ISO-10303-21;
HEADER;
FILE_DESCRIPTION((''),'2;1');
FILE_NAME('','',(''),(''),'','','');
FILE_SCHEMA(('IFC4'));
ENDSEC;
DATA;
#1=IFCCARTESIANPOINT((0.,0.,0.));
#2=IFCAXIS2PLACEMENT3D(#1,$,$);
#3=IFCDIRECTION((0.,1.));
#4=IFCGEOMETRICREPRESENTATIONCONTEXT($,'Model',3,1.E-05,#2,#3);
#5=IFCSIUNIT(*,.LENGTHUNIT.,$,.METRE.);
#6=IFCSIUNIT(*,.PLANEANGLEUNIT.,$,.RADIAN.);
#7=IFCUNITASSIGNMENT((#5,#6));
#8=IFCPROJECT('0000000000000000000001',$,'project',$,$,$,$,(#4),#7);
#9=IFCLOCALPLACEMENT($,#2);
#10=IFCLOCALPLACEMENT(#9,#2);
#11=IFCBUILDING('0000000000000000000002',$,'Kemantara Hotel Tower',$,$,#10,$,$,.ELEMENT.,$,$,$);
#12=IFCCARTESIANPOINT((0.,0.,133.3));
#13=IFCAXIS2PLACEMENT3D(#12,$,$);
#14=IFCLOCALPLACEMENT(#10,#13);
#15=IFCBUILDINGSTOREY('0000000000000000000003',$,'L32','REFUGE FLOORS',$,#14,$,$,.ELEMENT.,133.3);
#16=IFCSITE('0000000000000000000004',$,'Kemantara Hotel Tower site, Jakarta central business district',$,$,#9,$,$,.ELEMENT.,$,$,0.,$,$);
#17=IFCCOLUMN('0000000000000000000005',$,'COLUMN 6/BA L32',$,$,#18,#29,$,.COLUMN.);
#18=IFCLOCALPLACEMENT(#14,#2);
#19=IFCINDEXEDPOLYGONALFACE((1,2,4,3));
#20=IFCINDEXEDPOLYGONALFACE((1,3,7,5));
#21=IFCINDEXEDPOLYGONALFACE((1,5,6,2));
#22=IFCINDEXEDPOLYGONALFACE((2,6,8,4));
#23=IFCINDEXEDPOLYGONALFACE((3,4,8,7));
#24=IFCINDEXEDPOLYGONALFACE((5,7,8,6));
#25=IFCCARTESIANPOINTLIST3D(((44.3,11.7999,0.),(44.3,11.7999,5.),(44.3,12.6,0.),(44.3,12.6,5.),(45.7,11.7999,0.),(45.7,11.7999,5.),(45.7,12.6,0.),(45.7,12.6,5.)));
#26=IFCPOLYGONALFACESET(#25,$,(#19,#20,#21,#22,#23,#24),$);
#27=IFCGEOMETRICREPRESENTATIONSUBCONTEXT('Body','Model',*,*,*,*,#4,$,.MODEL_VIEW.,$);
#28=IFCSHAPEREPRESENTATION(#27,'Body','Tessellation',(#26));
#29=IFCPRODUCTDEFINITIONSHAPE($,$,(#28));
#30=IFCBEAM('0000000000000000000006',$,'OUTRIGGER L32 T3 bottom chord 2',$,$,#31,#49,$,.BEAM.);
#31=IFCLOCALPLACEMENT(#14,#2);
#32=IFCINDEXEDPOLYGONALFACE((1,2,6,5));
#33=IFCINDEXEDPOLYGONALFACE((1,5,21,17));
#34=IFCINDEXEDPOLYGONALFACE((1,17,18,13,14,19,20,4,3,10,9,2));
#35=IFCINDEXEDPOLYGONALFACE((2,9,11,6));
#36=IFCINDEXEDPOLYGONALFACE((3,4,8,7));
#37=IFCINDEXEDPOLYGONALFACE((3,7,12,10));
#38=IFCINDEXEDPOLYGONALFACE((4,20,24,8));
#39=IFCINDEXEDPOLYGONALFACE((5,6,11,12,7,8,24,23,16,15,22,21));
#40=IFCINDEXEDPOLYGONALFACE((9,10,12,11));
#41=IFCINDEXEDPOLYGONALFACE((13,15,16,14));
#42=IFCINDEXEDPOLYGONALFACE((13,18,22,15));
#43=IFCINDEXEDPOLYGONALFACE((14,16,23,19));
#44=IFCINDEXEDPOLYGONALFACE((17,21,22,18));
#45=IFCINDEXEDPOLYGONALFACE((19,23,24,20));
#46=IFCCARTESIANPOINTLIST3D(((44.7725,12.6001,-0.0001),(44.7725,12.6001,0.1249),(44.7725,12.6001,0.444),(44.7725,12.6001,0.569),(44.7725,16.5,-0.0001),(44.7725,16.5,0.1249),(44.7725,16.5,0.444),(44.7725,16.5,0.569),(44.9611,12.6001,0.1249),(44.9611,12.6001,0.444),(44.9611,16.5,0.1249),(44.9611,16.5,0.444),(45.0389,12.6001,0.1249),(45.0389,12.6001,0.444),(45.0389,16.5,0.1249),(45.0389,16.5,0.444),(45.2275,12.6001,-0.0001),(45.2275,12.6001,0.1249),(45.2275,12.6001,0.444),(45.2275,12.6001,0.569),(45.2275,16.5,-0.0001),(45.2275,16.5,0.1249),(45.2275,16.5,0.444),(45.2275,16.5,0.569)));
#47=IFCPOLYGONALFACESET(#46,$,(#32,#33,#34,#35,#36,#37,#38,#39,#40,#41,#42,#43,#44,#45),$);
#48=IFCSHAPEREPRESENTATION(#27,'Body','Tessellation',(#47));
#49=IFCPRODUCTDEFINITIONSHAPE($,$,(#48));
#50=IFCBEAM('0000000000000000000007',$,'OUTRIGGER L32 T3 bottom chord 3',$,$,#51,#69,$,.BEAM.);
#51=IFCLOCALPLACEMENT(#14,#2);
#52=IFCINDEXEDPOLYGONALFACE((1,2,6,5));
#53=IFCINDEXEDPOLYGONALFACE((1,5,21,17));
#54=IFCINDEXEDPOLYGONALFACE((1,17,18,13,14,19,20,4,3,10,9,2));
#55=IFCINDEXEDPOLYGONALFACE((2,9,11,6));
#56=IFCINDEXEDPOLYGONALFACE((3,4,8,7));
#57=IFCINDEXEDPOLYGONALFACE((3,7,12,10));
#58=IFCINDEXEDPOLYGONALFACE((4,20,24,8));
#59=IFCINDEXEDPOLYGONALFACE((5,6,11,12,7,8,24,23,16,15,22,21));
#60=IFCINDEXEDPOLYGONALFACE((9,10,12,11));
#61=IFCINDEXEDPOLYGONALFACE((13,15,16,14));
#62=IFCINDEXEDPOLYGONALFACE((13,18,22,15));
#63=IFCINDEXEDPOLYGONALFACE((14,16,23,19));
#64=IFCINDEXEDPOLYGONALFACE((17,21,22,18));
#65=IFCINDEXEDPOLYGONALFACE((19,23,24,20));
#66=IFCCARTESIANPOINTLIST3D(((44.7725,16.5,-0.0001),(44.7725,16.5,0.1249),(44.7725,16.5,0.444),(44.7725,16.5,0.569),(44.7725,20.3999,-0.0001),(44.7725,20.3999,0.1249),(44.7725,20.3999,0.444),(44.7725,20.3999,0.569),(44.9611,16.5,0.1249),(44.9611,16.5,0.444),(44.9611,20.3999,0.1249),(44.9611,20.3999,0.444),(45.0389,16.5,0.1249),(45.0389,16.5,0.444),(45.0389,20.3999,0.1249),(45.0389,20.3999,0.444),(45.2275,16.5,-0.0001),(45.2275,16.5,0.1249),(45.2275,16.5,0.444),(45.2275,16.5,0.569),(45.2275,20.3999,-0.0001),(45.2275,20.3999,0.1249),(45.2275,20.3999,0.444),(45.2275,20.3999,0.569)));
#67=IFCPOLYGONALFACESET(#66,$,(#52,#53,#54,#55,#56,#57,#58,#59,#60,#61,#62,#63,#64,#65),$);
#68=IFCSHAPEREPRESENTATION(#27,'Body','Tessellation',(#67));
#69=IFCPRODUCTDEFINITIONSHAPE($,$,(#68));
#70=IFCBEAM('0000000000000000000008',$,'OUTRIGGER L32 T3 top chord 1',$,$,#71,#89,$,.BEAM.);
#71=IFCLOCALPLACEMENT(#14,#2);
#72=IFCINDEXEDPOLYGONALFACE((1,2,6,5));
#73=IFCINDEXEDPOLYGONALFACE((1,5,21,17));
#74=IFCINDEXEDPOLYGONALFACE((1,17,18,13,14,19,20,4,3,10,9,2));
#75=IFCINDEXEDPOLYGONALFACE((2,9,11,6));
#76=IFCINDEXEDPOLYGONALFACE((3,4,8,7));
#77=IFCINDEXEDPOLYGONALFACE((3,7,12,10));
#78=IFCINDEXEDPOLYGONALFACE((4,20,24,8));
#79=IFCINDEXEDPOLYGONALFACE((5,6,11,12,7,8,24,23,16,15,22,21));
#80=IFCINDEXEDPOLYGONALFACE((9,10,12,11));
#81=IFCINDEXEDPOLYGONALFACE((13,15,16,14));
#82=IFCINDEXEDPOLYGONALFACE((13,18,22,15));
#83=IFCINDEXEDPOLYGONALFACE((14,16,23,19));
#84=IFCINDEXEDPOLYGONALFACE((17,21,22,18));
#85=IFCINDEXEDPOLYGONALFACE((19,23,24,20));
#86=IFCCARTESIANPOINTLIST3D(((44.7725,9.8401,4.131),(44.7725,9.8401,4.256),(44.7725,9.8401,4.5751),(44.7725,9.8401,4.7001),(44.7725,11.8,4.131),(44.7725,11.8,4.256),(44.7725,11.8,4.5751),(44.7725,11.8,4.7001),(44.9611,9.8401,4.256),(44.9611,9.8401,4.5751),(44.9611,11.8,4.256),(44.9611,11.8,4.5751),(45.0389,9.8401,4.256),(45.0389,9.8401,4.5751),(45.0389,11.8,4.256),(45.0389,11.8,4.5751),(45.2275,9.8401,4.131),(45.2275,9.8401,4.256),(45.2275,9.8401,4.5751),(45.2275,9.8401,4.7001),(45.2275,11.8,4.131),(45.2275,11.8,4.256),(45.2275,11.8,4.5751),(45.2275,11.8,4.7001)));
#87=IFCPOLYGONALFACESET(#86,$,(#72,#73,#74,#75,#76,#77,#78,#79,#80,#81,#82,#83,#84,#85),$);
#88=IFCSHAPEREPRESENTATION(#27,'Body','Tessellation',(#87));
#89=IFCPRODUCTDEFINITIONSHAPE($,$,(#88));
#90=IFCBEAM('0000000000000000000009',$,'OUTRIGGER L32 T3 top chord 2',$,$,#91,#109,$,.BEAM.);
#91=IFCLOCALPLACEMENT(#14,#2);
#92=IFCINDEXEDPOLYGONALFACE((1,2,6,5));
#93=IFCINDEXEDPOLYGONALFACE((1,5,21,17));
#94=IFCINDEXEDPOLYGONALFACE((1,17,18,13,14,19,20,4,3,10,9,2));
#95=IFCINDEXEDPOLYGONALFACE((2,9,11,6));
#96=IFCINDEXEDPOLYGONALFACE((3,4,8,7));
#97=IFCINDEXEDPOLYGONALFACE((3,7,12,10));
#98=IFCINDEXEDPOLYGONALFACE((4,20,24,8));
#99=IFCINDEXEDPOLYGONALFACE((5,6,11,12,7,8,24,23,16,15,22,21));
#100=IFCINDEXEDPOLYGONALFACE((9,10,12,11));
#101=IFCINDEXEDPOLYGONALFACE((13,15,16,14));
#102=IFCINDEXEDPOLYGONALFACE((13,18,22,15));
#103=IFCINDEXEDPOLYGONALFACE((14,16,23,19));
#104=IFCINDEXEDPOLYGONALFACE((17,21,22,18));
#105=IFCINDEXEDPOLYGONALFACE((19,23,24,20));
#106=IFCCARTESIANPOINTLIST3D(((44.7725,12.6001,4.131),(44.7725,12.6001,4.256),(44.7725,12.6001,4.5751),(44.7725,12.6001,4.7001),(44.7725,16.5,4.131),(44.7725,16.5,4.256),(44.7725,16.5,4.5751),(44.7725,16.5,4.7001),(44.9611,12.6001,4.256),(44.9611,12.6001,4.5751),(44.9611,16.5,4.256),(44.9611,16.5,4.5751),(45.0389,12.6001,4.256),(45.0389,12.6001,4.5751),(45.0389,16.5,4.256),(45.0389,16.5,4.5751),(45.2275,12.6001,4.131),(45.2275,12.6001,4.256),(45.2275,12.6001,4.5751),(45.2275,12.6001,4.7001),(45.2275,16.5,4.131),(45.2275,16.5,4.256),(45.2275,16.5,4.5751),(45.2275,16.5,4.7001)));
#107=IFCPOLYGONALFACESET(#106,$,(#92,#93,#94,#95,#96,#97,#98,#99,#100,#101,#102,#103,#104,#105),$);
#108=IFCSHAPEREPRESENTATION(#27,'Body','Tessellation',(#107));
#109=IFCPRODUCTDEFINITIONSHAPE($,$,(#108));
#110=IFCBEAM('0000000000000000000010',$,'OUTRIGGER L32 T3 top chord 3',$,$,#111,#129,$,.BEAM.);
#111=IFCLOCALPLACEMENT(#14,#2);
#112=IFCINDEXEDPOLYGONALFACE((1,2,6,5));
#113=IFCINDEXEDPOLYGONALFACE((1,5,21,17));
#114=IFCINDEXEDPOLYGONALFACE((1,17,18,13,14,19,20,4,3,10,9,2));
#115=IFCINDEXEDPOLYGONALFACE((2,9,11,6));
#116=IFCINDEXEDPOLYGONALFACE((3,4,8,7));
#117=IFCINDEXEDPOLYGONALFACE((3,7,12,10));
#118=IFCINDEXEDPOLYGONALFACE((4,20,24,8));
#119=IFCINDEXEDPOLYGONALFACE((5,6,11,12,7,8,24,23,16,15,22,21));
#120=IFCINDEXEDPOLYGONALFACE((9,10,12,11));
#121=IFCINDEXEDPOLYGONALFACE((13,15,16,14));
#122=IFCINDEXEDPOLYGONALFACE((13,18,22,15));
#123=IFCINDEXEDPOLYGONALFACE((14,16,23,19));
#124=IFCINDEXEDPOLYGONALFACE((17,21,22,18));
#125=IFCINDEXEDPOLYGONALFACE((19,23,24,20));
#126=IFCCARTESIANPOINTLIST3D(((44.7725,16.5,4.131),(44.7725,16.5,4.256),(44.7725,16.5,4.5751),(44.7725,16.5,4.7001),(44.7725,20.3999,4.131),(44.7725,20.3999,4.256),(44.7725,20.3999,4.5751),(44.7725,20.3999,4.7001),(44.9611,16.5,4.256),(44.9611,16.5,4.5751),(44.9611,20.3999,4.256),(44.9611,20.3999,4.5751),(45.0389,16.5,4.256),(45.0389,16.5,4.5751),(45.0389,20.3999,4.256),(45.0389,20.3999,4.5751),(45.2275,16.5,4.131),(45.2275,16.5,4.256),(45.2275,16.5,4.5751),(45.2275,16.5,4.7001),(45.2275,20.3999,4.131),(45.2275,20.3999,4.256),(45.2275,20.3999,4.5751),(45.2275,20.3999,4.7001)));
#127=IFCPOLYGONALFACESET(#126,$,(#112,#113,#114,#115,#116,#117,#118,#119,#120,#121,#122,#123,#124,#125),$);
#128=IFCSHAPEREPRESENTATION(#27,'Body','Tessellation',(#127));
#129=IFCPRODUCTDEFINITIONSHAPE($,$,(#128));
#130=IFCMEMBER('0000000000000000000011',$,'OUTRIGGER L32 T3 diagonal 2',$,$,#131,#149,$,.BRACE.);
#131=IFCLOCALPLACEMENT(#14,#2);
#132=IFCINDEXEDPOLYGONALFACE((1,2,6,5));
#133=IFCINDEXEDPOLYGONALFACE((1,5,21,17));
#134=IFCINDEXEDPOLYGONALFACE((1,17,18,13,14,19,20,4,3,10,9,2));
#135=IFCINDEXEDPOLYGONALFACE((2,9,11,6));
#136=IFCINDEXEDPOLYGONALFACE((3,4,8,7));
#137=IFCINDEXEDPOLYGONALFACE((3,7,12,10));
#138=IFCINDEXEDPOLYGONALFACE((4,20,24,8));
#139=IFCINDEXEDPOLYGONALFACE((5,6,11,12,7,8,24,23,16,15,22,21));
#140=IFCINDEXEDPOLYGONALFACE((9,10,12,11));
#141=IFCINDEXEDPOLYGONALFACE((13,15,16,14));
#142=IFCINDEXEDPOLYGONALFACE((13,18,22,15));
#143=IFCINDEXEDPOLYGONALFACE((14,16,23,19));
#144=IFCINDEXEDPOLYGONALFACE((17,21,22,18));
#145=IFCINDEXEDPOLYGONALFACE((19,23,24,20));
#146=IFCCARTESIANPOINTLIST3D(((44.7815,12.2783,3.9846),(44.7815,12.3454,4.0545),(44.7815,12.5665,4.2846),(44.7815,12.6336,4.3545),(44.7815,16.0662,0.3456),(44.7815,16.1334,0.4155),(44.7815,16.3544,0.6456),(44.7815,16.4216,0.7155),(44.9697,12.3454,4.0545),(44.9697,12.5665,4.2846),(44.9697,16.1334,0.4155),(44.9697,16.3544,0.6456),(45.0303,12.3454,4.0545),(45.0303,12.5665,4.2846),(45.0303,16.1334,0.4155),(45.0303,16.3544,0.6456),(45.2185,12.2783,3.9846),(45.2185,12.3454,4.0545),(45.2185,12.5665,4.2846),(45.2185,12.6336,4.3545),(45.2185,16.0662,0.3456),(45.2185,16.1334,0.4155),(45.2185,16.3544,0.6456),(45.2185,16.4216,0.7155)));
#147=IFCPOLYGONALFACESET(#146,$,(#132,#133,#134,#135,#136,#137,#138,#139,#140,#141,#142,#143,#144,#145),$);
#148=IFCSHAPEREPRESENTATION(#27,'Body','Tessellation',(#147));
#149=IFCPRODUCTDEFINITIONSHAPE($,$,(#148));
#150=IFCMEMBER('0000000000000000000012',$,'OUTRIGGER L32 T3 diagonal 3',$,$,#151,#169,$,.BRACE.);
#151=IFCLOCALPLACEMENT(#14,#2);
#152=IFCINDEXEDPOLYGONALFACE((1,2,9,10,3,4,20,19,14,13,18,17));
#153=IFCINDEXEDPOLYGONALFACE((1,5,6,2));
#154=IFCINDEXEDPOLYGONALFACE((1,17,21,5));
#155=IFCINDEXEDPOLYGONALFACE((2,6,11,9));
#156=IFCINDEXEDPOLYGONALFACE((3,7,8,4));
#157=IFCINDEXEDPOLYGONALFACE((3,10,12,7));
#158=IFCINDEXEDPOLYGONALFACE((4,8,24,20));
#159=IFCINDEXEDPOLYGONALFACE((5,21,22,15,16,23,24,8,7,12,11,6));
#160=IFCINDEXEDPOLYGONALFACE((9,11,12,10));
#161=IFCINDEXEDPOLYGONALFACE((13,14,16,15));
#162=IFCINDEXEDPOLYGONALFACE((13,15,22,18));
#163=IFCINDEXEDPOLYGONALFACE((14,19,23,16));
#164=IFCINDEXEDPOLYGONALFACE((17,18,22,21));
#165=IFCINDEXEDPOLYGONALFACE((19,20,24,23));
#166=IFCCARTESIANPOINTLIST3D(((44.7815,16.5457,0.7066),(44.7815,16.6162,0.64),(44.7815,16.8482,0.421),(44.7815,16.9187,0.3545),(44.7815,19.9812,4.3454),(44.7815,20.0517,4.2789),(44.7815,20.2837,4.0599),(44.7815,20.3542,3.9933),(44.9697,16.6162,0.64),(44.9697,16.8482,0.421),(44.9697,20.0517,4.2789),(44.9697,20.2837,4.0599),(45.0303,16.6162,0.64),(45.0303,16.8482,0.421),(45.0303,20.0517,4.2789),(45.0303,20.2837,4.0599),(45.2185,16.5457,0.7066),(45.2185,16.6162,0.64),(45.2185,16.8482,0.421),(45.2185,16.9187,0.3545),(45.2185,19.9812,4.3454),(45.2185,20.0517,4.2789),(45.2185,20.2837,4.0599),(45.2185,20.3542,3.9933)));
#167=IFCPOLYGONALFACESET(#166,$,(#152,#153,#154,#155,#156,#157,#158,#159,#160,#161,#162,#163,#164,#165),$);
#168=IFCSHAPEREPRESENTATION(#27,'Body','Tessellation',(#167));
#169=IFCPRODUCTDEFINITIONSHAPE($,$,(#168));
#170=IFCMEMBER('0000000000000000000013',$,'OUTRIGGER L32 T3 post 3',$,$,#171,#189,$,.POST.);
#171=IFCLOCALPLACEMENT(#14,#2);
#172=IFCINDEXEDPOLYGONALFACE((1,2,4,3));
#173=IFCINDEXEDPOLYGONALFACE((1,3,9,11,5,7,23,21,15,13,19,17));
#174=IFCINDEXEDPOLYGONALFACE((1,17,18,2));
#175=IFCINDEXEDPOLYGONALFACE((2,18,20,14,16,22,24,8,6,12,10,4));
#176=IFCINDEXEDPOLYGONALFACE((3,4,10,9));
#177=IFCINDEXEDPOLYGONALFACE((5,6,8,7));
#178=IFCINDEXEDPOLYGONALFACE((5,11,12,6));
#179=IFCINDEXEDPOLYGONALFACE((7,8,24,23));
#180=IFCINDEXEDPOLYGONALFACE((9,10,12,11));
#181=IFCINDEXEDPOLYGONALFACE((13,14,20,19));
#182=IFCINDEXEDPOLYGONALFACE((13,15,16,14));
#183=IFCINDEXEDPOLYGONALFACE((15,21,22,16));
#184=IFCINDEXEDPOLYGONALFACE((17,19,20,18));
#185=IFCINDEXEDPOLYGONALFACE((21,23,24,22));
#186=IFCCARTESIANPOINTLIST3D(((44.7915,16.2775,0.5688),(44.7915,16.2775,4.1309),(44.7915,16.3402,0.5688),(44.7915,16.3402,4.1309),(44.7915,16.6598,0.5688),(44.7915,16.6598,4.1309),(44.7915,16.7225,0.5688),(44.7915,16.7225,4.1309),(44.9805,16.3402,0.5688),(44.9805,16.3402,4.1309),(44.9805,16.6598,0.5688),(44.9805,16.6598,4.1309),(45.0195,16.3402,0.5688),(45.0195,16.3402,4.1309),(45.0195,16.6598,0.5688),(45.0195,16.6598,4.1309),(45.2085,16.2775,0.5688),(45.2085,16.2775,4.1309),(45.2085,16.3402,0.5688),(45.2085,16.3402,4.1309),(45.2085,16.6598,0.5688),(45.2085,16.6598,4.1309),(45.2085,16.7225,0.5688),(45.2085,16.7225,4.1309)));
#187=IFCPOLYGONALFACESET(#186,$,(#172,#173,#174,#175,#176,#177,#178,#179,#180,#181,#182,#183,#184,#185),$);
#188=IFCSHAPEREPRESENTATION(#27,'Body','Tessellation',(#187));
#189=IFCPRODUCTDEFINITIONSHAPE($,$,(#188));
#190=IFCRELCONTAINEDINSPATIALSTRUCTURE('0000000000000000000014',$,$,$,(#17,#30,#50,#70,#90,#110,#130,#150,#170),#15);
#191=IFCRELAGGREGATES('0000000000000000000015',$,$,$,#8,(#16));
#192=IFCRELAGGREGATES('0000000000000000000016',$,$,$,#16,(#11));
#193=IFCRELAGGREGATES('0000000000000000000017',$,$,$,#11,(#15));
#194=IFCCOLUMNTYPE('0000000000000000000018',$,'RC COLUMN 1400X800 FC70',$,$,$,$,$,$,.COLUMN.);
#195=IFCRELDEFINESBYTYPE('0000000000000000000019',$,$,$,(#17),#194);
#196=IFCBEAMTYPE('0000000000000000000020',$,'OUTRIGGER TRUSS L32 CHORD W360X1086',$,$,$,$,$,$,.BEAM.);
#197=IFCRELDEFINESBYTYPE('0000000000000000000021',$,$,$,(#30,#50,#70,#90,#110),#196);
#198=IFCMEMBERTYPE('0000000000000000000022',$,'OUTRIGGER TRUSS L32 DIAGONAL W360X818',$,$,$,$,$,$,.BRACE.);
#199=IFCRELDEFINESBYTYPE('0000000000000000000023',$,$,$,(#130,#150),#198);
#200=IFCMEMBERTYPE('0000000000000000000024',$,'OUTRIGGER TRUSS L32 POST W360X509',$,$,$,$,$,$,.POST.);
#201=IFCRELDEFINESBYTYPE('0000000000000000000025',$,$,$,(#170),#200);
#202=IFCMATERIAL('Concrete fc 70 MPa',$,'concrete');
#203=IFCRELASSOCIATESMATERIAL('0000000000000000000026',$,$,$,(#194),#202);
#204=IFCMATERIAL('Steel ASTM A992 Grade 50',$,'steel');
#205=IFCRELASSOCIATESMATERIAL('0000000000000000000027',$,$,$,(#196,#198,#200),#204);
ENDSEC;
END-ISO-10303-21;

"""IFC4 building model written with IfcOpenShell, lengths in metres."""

from ifc_helpers import new_model, si_unit, direction, frame, origin, origin_2d, place, context, subcontext, project, spatial, rectangle, i_section, extrude, material, material_profile, profile_set, type_object, element, save


model = new_model("IFC4")

# Units and contexts
model_context = context("Model", 3, precision=1e-05, world=origin(), true_north=direction((0.0, 1.0)))
body_context = subcontext(model_context, "Body", "Model", "MODEL_VIEW")
ifc_project = project(units=[si_unit("LENGTHUNIT", "METRE"), si_unit("PLANEANGLEUNIT", "RADIAN")], contexts=[model_context])

# Site, building, storey
site_placement = place(None, origin())
site = spatial("IfcSite", under=ifc_project, at=site_placement, Name="Kemantara Hotel Tower site, Jakarta central business district", CompositionType="ELEMENT", RefElevation=0.0)
building_placement = place(site_placement, origin())
building = spatial("IfcBuilding", under=site, at=building_placement, Name="Kemantara Hotel Tower", CompositionType="ELEMENT")
storey_placement = place(building_placement, frame((0.0, 0.0, 133.3)))
storey = spatial("IfcBuildingStorey", under=building, at=storey_placement, Name="L32", Description="REFUGE FLOORS", CompositionType="ELEMENT", Elevation=133.3)

# Column
ifc_material_1 = material(Name="Concrete fc 70 MPa", Category="concrete")
ifc_material_profile_1 = material_profile(ifc_material_1, rectangle(XDim=1.3999, YDim=0.8, at=origin_2d()), Name="RC 1400X800")
ifc_profile_set_1 = profile_set([ifc_material_profile_1], Name="Concrete fc 70 MPa")
column_type = type_object("IfcColumnType", Name="RC COLUMN 1400X800 FC70", PredefinedType="COLUMN", material=ifc_profile_set_1)
column_placement = place(storey_placement, frame((45.0, 12.2, 0.0), z_axis=(0.0, 0.0, 1.0), x_axis=(1.0, 0.0, 0.0)))
element("IfcColumn", 1, at=column_placement, inside=storey, type_object=column_type, Name="COLUMN 6/BA L32", PredefinedType="COLUMN", context=body_context, shape_type="SweptSolid", body=[
    extrude(rectangle(XDim=1.3999, YDim=0.8, at=origin_2d()), origin(), (0.0, 0.0, 1.0), 5.0),
])

# Beams
ifc_material_2 = material(Name="Steel ASTM A992 Grade 50", Category="steel")
ifc_material_profile_2 = material_profile(ifc_material_2, i_section(OverallWidth=0.4551, OverallDepth=0.5691, WebThickness=0.0779, FlangeThickness=0.125, at=origin_2d()), Name="W360X1086")
ifc_profile_set_2 = profile_set([ifc_material_profile_2], Name="Steel ASTM A992 Grade 50")
beam_type = type_object("IfcBeamType", Name="OUTRIGGER TRUSS L32 CHORD W360X1086", PredefinedType="BEAM", material=ifc_profile_set_2)
for number, where, z_axis, x_axis, name in (
    (2, (45.0, 12.6001, 0.2844), (0.0, 1.0, 0.0), (-1.0, 0.0, 0.0), "OUTRIGGER L32 T3 bottom chord 2"),
    (3, (45.0, 16.5, 0.2844), (0.0, 1.0, 0.0), (-1.0, 0.0, 0.0), "OUTRIGGER L32 T3 bottom chord 3"),
):
    element("IfcBeam", number, at=place(storey_placement, frame(where, z_axis=z_axis, x_axis=x_axis)), inside=storey, type_object=beam_type, Name=name, PredefinedType="BEAM", context=body_context, shape_type="SweptSolid", body=[
        extrude(i_section(OverallWidth=0.4551, OverallDepth=0.5691, WebThickness=0.0779, FlangeThickness=0.125, at=origin_2d()), origin(), (0.0, 0.0, 1.0), 3.8999),
    ])
beam_placement = place(storey_placement, frame((45.0, 9.8401, 4.4155), z_axis=(0.0, 1.0, 0.0), x_axis=(-1.0, 0.0, 0.0)))
element("IfcBeam", 4, at=beam_placement, inside=storey, type_object=beam_type, Name="OUTRIGGER L32 T3 top chord 1", PredefinedType="BEAM", context=body_context, shape_type="SweptSolid", body=[
    extrude(i_section(OverallWidth=0.4551, OverallDepth=0.5691, WebThickness=0.0779, FlangeThickness=0.125, at=origin_2d()), origin(), (0.0, 0.0, 1.0), 1.96),
])
for number, where, z_axis, x_axis, name in (
    (5, (45.0, 12.6001, 4.4155), (0.0, 1.0, 0.0), (-1.0, 0.0, 0.0), "OUTRIGGER L32 T3 top chord 2"),
    (6, (45.0, 16.5, 4.4155), (0.0, 1.0, 0.0), (-1.0, 0.0, 0.0), "OUTRIGGER L32 T3 top chord 3"),
):
    element("IfcBeam", number, at=place(storey_placement, frame(where, z_axis=z_axis, x_axis=x_axis)), inside=storey, type_object=beam_type, Name=name, PredefinedType="BEAM", context=body_context, shape_type="SweptSolid", body=[
        extrude(i_section(OverallWidth=0.4551, OverallDepth=0.5691, WebThickness=0.0779, FlangeThickness=0.125, at=origin_2d()), origin(), (0.0, 0.0, 1.0), 3.8999),
    ])

# Members
ifc_material_profile_3 = material_profile(ifc_material_2, i_section(OverallWidth=0.437, OverallDepth=0.5129, WebThickness=0.0605, FlangeThickness=0.0969, at=origin_2d()), Name="W360X818")
ifc_profile_set_3 = profile_set([ifc_material_profile_3], Name="Steel ASTM A992 Grade 50")
member_type_1 = type_object("IfcMemberType", Name="OUTRIGGER TRUSS L32 DIAGONAL W360X818", PredefinedType="BRACE", material=ifc_profile_set_3)
member_1_placement = place(storey_placement, frame((45.0, 16.2439, 0.5305), z_axis=(0.0, -0.721141, 0.692788), x_axis=(1.0, 0.0, 0.0)))
element("IfcMember", 7, at=member_1_placement, inside=storey, type_object=member_type_1, Name="OUTRIGGER L32 T3 diagonal 2", PredefinedType="BRACE", context=body_context, shape_type="SweptSolid", body=[
    extrude(i_section(OverallWidth=0.437, OverallDepth=0.5129, WebThickness=0.0605, FlangeThickness=0.0969, at=origin_2d()), origin(), (0.0, 0.0, 1.0), 5.2527),
])
member_2_placement = place(storey_placement, frame((45.0, 16.7322, 0.5305), z_axis=(0.0, 0.686496, 0.727134), x_axis=(-1.0, 0.0, 0.0)))
element("IfcMember", 8, at=member_2_placement, inside=storey, type_object=member_type_1, Name="OUTRIGGER L32 T3 diagonal 3", PredefinedType="BRACE", context=body_context, shape_type="SweptSolid", body=[
    extrude(i_section(OverallWidth=0.437, OverallDepth=0.5129, WebThickness=0.0605, FlangeThickness=0.0969, at=origin_2d()), origin(), (0.0, 0.0, 1.0), 5.0044),
])
ifc_material_profile_4 = material_profile(ifc_material_2, i_section(OverallWidth=0.417, OverallDepth=0.4451, WebThickness=0.0391, FlangeThickness=0.0627, at=origin_2d()), Name="W360X509")
ifc_profile_set_4 = profile_set([ifc_material_profile_4], Name="Steel ASTM A992 Grade 50")
member_type_2 = type_object("IfcMemberType", Name="OUTRIGGER TRUSS L32 POST W360X509", PredefinedType="POST", material=ifc_profile_set_4)
member_3_placement = place(storey_placement, frame((45.0, 16.5, 0.5688), z_axis=(0.0, 0.0, 1.0), x_axis=(1.0, 0.0, 0.0)))
element("IfcMember", 9, at=member_3_placement, inside=storey, type_object=member_type_2, Name="OUTRIGGER L32 T3 post 3", PredefinedType="POST", context=body_context, shape_type="SweptSolid", body=[
    extrude(i_section(OverallWidth=0.417, OverallDepth=0.4451, WebThickness=0.0391, FlangeThickness=0.0627, at=origin_2d()), origin(), (0.0, 0.0, 1.0), 3.562),
])

save(model, "model.ifc")
